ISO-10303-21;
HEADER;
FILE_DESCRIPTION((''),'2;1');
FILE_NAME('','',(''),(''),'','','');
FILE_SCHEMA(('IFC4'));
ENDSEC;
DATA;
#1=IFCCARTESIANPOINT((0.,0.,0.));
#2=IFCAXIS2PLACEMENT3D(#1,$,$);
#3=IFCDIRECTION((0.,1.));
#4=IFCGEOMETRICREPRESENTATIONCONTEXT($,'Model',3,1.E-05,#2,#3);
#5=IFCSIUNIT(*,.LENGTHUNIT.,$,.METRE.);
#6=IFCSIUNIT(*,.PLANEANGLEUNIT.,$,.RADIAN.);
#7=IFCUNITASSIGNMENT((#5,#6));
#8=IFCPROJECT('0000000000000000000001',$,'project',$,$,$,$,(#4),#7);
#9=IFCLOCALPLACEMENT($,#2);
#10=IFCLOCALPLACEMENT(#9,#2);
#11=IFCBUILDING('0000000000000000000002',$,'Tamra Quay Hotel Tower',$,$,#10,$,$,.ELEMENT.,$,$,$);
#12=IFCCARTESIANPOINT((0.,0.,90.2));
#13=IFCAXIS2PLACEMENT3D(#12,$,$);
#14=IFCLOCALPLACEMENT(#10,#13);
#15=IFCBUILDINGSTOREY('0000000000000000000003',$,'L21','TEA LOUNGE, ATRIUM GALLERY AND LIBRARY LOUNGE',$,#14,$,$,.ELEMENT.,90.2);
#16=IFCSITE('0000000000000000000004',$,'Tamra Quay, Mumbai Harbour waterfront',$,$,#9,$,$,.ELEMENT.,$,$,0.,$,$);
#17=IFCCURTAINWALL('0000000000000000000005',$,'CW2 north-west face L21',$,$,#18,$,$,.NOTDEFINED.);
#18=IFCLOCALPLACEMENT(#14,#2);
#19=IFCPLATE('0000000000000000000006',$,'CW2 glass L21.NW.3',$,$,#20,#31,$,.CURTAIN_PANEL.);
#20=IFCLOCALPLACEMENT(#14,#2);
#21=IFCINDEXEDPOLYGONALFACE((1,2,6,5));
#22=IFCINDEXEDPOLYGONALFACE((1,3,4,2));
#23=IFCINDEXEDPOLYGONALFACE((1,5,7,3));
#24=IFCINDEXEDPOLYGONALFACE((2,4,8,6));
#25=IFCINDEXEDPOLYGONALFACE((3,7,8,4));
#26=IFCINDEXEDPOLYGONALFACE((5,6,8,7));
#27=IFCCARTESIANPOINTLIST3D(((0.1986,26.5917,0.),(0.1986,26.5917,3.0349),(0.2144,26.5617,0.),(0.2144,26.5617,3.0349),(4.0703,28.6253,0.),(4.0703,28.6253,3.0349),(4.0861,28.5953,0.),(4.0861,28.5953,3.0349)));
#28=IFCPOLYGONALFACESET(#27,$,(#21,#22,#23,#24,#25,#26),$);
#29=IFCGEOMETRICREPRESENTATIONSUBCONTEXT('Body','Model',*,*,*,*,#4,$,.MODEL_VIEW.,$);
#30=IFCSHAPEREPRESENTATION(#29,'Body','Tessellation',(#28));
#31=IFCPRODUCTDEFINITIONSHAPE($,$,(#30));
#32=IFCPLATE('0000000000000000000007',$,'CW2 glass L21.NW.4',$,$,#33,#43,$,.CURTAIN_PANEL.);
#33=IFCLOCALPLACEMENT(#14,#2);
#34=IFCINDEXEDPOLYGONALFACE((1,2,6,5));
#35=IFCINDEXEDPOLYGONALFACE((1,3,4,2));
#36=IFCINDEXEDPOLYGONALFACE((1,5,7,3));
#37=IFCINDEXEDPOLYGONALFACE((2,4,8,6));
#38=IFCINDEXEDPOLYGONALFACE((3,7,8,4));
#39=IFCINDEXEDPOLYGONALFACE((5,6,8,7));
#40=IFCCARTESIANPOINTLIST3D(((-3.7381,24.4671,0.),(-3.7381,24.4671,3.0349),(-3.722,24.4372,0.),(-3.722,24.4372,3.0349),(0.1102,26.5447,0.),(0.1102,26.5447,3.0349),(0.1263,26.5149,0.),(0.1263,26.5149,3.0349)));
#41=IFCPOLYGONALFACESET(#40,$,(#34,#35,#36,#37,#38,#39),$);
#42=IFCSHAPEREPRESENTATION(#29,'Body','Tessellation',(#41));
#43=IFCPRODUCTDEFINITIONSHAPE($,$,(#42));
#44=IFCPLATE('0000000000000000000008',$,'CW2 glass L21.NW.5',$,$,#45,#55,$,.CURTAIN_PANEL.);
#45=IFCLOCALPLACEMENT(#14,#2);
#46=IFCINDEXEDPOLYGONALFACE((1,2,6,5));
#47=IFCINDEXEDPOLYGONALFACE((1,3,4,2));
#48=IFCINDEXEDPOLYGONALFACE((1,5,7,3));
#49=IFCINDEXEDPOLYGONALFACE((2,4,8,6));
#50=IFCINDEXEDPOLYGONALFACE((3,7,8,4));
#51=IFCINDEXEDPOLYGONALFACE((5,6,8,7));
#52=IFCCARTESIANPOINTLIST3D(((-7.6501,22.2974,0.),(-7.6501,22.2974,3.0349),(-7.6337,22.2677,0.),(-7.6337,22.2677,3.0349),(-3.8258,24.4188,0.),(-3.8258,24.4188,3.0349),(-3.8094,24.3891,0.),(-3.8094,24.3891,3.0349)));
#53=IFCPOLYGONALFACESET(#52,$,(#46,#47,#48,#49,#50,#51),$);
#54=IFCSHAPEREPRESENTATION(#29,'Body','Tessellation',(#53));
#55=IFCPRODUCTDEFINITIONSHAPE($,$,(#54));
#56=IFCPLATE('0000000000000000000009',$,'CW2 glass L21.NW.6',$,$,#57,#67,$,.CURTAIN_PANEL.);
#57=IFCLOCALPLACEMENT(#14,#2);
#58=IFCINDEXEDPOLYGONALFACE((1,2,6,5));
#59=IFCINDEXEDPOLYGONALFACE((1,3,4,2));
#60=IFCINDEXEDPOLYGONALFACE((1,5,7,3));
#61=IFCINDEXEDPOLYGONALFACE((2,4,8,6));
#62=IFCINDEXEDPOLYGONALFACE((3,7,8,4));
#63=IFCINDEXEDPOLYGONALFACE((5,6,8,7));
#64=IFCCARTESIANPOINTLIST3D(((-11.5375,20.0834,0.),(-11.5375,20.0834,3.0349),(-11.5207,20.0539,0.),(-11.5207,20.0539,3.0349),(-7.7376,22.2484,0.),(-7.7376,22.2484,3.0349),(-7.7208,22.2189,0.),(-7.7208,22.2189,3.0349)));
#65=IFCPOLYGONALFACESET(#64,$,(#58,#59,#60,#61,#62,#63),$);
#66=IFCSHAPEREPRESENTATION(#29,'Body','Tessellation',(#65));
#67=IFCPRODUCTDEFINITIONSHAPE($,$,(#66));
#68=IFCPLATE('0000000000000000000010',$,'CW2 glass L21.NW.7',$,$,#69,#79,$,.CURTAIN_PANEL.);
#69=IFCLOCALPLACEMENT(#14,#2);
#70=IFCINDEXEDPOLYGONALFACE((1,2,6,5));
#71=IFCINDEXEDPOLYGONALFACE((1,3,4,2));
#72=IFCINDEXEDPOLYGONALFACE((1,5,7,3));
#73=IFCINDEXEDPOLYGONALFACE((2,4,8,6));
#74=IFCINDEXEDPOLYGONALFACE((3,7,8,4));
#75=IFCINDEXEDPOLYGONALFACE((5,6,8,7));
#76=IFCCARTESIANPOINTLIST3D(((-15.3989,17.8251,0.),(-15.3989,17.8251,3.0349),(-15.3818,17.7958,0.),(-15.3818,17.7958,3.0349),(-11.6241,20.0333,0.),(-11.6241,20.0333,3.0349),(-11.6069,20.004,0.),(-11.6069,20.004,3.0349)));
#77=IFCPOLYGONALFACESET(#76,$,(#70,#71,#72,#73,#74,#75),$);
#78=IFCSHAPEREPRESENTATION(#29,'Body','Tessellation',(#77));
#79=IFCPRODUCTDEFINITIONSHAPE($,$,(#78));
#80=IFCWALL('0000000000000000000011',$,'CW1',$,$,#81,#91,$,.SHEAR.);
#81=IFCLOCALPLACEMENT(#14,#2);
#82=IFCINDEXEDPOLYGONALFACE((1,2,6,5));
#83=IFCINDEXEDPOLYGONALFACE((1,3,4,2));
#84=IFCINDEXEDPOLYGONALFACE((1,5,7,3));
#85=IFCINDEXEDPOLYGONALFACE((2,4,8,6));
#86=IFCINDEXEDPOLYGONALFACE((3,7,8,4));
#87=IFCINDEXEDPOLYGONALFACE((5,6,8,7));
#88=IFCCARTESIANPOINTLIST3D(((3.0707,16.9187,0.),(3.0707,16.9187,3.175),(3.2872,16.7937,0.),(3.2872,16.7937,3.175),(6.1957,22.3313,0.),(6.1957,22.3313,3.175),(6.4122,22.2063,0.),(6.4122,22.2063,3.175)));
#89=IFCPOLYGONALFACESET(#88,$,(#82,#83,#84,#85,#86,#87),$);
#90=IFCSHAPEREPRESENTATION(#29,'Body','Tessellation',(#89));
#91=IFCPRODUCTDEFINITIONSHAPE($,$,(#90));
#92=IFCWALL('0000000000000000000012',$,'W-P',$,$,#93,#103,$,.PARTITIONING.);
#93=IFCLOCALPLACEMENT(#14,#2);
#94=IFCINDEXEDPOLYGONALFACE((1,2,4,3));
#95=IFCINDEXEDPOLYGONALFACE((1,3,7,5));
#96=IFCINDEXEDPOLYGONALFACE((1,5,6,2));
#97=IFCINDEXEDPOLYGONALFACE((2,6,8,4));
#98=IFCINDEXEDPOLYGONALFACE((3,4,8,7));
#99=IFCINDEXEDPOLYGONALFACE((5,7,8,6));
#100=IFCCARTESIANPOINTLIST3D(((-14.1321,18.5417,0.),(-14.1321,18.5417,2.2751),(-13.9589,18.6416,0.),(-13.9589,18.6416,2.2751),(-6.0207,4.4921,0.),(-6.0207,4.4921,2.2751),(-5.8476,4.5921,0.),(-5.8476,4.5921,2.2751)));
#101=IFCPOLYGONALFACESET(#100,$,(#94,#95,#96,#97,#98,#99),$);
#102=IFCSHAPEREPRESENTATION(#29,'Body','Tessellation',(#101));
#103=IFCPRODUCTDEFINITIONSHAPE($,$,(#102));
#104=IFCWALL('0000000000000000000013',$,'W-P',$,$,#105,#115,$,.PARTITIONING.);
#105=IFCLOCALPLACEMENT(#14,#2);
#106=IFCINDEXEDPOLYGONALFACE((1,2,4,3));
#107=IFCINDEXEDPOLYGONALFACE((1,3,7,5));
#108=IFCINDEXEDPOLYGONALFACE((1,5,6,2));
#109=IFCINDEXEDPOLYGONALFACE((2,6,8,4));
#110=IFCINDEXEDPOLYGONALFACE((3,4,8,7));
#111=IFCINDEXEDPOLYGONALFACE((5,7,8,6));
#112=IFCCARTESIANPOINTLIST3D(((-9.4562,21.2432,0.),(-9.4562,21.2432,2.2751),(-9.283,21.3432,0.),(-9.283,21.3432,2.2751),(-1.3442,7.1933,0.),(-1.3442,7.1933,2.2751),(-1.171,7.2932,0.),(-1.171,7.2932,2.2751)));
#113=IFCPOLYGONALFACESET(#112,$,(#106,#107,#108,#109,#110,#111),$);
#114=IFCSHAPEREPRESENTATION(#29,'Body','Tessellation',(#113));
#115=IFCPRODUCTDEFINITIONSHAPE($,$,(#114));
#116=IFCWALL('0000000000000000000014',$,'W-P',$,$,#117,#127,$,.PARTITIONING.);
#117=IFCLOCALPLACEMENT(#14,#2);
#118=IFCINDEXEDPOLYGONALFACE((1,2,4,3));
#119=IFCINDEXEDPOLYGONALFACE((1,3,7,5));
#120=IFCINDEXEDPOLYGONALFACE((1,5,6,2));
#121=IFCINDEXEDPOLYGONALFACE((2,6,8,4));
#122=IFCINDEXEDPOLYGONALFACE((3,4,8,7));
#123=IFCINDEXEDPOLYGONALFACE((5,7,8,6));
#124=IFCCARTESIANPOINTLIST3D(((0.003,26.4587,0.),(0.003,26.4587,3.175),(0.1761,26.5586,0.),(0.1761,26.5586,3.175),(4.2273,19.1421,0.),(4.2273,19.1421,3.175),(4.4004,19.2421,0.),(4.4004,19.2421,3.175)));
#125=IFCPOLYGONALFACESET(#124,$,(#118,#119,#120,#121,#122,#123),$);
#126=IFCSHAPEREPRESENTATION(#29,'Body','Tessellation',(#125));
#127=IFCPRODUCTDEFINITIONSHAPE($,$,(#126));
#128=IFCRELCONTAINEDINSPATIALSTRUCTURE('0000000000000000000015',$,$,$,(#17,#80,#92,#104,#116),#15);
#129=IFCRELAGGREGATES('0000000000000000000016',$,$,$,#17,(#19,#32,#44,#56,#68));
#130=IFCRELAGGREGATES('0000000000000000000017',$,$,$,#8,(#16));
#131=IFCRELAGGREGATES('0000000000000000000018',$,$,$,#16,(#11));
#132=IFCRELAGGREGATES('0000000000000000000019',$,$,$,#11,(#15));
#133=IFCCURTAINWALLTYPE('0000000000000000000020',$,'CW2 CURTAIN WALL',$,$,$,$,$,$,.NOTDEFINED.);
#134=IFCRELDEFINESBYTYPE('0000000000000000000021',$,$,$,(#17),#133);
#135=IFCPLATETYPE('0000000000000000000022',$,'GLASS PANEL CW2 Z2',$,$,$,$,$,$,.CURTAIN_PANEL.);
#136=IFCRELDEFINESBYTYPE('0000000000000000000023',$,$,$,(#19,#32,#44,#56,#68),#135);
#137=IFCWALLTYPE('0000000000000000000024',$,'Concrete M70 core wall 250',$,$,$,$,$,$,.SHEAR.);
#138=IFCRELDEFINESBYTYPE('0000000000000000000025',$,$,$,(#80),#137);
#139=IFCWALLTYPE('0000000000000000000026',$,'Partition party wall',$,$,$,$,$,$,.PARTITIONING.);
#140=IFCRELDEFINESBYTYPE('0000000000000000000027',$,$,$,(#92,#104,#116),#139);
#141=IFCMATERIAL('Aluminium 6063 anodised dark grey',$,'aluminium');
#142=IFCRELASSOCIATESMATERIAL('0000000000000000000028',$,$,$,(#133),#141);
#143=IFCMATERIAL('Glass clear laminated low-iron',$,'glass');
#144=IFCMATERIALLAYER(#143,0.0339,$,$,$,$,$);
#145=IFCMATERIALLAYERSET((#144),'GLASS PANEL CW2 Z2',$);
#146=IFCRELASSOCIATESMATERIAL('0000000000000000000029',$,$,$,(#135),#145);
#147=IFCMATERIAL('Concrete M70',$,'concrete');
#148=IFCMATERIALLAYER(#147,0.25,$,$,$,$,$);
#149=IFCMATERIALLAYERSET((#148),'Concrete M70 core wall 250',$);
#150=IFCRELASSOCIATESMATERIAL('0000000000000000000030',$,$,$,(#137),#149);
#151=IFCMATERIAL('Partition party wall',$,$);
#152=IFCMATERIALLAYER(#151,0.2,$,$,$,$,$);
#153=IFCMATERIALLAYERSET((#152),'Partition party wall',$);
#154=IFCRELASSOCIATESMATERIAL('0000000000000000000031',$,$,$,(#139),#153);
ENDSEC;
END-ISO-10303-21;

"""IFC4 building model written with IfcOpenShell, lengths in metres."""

from ifc_helpers import new_model, si_unit, direction, frame, frame_2d, origin, origin_2d, place, context, subcontext, project, spatial, rectangle, extrude, material, layer, layer_set, type_object, element, aggregate, save


model = new_model("IFC4")

# Units and contexts
model_context = context("Model", 3, precision=1e-05, world=origin(), true_north=direction((0.0, 1.0)))
body_context = subcontext(model_context, "Body", "Model", "MODEL_VIEW")
ifc_project = project(units=[si_unit("LENGTHUNIT", "METRE"), si_unit("PLANEANGLEUNIT", "RADIAN")], contexts=[model_context])

# Site, building, storey
site_placement = place(None, origin())
site = spatial("IfcSite", under=ifc_project, at=site_placement, Name="Tamra Quay, Mumbai Harbour waterfront", CompositionType="ELEMENT", RefElevation=0.0)
building_placement = place(site_placement, origin())
building = spatial("IfcBuilding", under=site, at=building_placement, Name="Tamra Quay Hotel Tower", CompositionType="ELEMENT")
storey_placement = place(building_placement, frame((0.0, 0.0, 90.2)))
storey = spatial("IfcBuildingStorey", under=building, at=storey_placement, Name="L21", Description="TEA LOUNGE, ATRIUM GALLERY AND LIBRARY LOUNGE", CompositionType="ELEMENT", Elevation=90.2)

# Shared definitions
ifc_material_1 = material(Name="Concrete M70", Category="concrete")

# Curtain wall
ifc_material_2 = material(Name="Aluminium 6063 anodised dark grey", Category="aluminium")
curtain_wall_type = type_object("IfcCurtainWallType", Name="CW2 CURTAIN WALL", PredefinedType="NOTDEFINED", material=ifc_material_2)
curtain_wall_placement = place(storey_placement, origin())
curtain_wall = element("IfcCurtainWall", 1, at=curtain_wall_placement, inside=storey, type_object=curtain_wall_type, Name="CW2 north-west face L21", PredefinedType="NOTDEFINED")

# Plates
ifc_material_3 = material(Name="Glass clear laminated low-iron", Category="glass")
ifc_layer_1 = layer(ifc_material_3, 0.0339)
ifc_layer_set_1 = layer_set([ifc_layer_1], Name="GLASS PANEL CW2 Z2")
plate_type = type_object("IfcPlateType", Name="GLASS PANEL CW2 Z2", PredefinedType="CURTAIN_PANEL", material=ifc_layer_set_1)
plate_1_placement = place(storey_placement, frame((2.1423, 27.5935, 0.0), z_axis=(0.0, 0.0, 1.0), x_axis=(-0.885306, -0.465009, 0.0)))
plate_1 = element("IfcPlate", 2, at=plate_1_placement, type_object=plate_type, Name="CW2 glass L21.NW.3", PredefinedType="CURTAIN_PANEL", context=body_context, shape_type="SweptSolid", body=[
    extrude(rectangle(XDim=4.3733, YDim=0.0339, at=origin_2d()), origin(), (0.0, 0.0, 1.0), 3.0349),
])
plate_2_placement = place(storey_placement, frame((-1.8059, 25.491, 0.0), z_axis=(0.0, 0.0, 1.0), x_axis=(-0.879946, -0.475074, 0.0)))
plate_2 = element("IfcPlate", 3, at=plate_2_placement, type_object=plate_type, Name="CW2 glass L21.NW.4", PredefinedType="CURTAIN_PANEL", context=body_context, shape_type="SweptSolid", body=[
    extrude(rectangle(XDim=4.3733, YDim=0.0339, at=origin_2d()), origin(), (0.0, 0.0, 1.0), 3.0349),
])
plate_3_placement = place(storey_placement, frame((-5.7297, 23.3433, 0.0), z_axis=(0.0, 0.0, 1.0), x_axis=(-0.874465, -0.485088, 0.0)))
plate_3 = element("IfcPlate", 4, at=plate_3_placement, type_object=plate_type, Name="CW2 glass L21.NW.5", PredefinedType="CURTAIN_PANEL", context=body_context, shape_type="SweptSolid", body=[
    extrude(rectangle(XDim=4.3733, YDim=0.0339, at=origin_2d()), origin(), (0.0, 0.0, 1.0), 3.0349),
])
plate_4_placement = place(storey_placement, frame((-9.6292, 21.1511, 0.0), z_axis=(0.0, 0.0, 1.0), x_axis=(-0.868868, -0.495045, 0.0)))
plate_4 = element("IfcPlate", 5, at=plate_4_placement, type_object=plate_type, Name="CW2 glass L21.NW.6", PredefinedType="CURTAIN_PANEL", context=body_context, shape_type="SweptSolid", body=[
    extrude(rectangle(XDim=4.3733, YDim=0.0339, at=origin_2d()), origin(), (0.0, 0.0, 1.0), 3.0349),
])
plate_5_placement = place(storey_placement, frame((-13.5029, 18.9146, 0.0), z_axis=(0.0, 0.0, 1.0), x_axis=(-0.863155, -0.504939, 0.0)))
plate_5 = element("IfcPlate", 6, at=plate_5_placement, type_object=plate_type, Name="CW2 glass L21.NW.7", PredefinedType="CURTAIN_PANEL", context=body_context, shape_type="SweptSolid", body=[
    extrude(rectangle(XDim=4.3733, YDim=0.0339, at=origin_2d()), origin(), (0.0, 0.0, 1.0), 3.0349),
])
aggregate(curtain_wall, [plate_1, plate_2, plate_3, plate_4, plate_5])

# Walls
ifc_layer_2 = layer(ifc_material_1, 0.25)
ifc_layer_set_2 = layer_set([ifc_layer_2], Name="Concrete M70 core wall 250")
wall_type_1 = type_object("IfcWallType", Name="Concrete M70 core wall 250", PredefinedType="SHEAR", material=ifc_layer_set_2)
wall_1_placement = place(storey_placement, frame((3.179, 16.8562, 0.0), z_axis=(0.0, 0.0, 1.0), x_axis=(0.500004, 0.866023, 0.0)))
element("IfcWall", 7, at=wall_1_placement, inside=storey, type_object=wall_type_1, Name="CW1", PredefinedType="SHEAR", context=body_context, shape_type="SweptSolid", body=[
    extrude(rectangle(XDim=6.25, YDim=0.25, at=frame_2d((3.125, 0.0))), origin(), (0.0, 0.0, 1.0), 3.175),
])
ifc_material_4 = material(Name="Partition party wall")
ifc_layer_3 = layer(ifc_material_4, 0.2)
ifc_layer_set_3 = layer_set([ifc_layer_3], Name="Partition party wall")
wall_type_2 = type_object("IfcWallType", Name="Partition party wall", PredefinedType="PARTITIONING", material=ifc_layer_set_3)
wall_2_placement = place(storey_placement, frame((-14.0454, 18.5916, 0.0), z_axis=(0.0, 0.0, 1.0), x_axis=(0.499991, -0.86603, 0.0)))
element("IfcWall", 8, at=wall_2_placement, inside=storey, type_object=wall_type_2, Name="W-P", PredefinedType="PARTITIONING", context=body_context, shape_type="SweptSolid", body=[
    extrude(rectangle(XDim=16.2229, YDim=0.2, at=frame_2d((8.1113, 0.0))), origin(), (0.0, 0.0, 1.0), 2.2751),
])
wall_3_placement = place(storey_placement, frame((-9.3696, 21.2932, 0.0), z_axis=(0.0, 0.0, 1.0), x_axis=(0.500012, -0.866018, 0.0)))
element("IfcWall", 9, at=wall_3_placement, inside=storey, type_object=wall_type_2, Name="W-P", PredefinedType="PARTITIONING", context=body_context, shape_type="SweptSolid", body=[
    extrude(rectangle(XDim=16.2236, YDim=0.2, at=frame_2d((8.1118, 0.0))), origin(), (0.0, 0.0, 1.0), 2.2751),
])
wall_4_placement = place(storey_placement, frame((0.0896, 26.5085, 0.0), z_axis=(0.0, 0.0, 1.0), x_axis=(0.500008, -0.866021, 0.0)))
element("IfcWall", 10, at=wall_4_placement, inside=storey, type_object=wall_type_2, Name="W-P", PredefinedType="PARTITIONING", context=body_context, shape_type="SweptSolid", body=[
    extrude(rectangle(XDim=8.4485, YDim=0.2, at=frame_2d((4.2241, 0.0))), origin(), (0.0, 0.0, 1.0), 3.175),
])

save(model, "model.ifc")
